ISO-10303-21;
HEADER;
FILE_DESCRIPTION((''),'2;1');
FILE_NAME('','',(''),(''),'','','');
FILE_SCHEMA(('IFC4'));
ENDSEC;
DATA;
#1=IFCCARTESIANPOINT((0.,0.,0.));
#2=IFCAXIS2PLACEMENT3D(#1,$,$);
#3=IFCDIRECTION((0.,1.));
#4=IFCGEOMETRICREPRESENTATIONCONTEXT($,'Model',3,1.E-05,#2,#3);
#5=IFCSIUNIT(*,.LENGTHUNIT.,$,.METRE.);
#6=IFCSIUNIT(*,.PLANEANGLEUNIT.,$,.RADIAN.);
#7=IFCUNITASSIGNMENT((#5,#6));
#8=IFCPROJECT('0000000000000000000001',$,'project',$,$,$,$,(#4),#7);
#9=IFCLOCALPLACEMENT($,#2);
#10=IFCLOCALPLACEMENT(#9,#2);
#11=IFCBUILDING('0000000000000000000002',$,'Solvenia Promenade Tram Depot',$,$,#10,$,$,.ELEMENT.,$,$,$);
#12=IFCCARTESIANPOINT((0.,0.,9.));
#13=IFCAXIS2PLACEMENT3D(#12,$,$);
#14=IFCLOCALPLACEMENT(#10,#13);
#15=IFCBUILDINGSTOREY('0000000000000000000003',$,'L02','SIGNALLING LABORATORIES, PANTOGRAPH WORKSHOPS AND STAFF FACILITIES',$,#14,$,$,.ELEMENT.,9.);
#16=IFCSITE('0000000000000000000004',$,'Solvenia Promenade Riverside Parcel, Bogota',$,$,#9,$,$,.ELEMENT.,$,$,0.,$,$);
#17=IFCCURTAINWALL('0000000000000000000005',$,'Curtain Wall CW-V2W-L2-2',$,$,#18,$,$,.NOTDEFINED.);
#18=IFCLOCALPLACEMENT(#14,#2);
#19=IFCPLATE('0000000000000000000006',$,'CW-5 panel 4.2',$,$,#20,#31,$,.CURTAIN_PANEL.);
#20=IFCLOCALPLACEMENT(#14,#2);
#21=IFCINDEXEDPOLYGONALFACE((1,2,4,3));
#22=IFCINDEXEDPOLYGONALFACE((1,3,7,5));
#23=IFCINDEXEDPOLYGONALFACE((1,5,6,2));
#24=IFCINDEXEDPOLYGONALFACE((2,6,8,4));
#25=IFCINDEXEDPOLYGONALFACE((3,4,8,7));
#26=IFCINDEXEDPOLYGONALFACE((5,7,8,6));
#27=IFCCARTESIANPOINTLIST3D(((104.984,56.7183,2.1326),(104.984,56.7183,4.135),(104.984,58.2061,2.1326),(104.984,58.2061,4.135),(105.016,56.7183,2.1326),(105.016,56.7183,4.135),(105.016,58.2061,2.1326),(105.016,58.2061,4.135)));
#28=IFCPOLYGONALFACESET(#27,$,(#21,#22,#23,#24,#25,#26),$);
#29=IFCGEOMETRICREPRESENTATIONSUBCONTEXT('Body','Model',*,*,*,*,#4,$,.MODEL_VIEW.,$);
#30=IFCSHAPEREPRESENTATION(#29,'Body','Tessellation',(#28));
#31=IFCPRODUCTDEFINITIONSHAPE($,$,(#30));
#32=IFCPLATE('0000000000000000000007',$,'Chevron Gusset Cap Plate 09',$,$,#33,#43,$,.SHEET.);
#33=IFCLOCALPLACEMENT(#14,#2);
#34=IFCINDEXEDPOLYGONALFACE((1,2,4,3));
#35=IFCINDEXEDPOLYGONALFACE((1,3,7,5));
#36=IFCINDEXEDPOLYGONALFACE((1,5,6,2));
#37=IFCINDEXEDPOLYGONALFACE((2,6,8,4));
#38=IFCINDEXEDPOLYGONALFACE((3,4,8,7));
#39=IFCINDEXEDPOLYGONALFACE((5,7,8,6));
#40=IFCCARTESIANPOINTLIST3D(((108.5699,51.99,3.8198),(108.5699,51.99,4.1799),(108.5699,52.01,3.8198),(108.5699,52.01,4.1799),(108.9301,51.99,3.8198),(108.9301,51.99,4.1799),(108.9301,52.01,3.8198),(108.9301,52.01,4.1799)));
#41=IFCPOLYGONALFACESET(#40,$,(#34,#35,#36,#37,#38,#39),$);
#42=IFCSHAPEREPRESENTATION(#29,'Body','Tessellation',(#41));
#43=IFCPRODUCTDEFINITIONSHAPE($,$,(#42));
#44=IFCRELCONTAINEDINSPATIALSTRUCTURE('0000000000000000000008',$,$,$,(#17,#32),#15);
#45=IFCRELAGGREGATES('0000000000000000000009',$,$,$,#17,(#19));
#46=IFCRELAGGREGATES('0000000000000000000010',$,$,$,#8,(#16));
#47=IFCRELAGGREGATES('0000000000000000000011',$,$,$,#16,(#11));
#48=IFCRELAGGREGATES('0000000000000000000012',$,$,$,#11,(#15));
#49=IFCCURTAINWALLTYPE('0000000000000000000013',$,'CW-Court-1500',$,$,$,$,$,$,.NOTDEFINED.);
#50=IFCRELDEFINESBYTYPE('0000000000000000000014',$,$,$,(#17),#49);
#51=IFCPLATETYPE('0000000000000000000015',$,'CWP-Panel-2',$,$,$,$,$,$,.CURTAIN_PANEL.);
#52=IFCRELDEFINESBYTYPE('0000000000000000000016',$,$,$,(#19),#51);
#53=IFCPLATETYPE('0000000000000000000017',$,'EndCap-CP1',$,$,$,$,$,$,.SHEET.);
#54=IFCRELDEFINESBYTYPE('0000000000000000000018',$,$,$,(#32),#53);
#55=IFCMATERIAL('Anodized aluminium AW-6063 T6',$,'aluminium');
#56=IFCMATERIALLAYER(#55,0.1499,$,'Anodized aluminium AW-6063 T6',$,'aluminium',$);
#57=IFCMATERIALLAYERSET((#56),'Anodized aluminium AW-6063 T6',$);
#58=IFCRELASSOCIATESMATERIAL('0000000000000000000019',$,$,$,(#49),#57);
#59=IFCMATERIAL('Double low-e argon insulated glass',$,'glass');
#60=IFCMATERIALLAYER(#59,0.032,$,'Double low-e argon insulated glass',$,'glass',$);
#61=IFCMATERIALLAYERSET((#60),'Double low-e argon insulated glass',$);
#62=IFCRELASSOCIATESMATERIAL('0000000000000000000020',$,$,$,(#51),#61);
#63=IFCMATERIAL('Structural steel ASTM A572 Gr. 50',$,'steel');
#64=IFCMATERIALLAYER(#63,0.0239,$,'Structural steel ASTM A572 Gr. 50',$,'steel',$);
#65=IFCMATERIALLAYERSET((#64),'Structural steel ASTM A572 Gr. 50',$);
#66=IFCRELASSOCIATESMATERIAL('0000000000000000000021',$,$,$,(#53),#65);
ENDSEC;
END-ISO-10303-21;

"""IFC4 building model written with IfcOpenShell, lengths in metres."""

from ifc_helpers import new_model, si_unit, direction, frame, origin, origin_2d, place, context, subcontext, project, spatial, rectangle, extrude, material, layer, layer_set, type_object, element, aggregate, save


model = new_model("IFC4")

# Units and contexts
model_context = context("Model", 3, precision=1e-05, world=origin(), true_north=direction((0.0, 1.0)))
body_context = subcontext(model_context, "Body", "Model", "MODEL_VIEW")
ifc_project = project(units=[si_unit("LENGTHUNIT", "METRE"), si_unit("PLANEANGLEUNIT", "RADIAN")], contexts=[model_context])

# Site, building, storey
site_placement = place(None, origin())
site = spatial("IfcSite", under=ifc_project, at=site_placement, Name="Solvenia Promenade Riverside Parcel, Bogota", CompositionType="ELEMENT", RefElevation=0.0)
building_placement = place(site_placement, origin())
building = spatial("IfcBuilding", under=site, at=building_placement, Name="Solvenia Promenade Tram Depot", CompositionType="ELEMENT")
storey_placement = place(building_placement, frame((0.0, 0.0, 9.0)))
storey = spatial("IfcBuildingStorey", under=building, at=storey_placement, Name="L02", Description="SIGNALLING LABORATORIES, PANTOGRAPH WORKSHOPS AND STAFF FACILITIES", CompositionType="ELEMENT", Elevation=9.0)

# Curtain wall
ifc_material_1 = material(Name="Anodized aluminium AW-6063 T6", Category="aluminium")
ifc_layer_1 = layer(ifc_material_1, 0.1499, Name="Anodized aluminium AW-6063 T6", Category="aluminium")
ifc_layer_set_1 = layer_set([ifc_layer_1], Name="Anodized aluminium AW-6063 T6")
curtain_wall_type = type_object("IfcCurtainWallType", Name="CW-Court-1500", PredefinedType="NOTDEFINED", material=ifc_layer_set_1)
curtain_wall_placement = place(storey_placement, origin())
curtain_wall = element("IfcCurtainWall", 1, at=curtain_wall_placement, inside=storey, type_object=curtain_wall_type, Name="Curtain Wall CW-V2W-L2-2", PredefinedType="NOTDEFINED")

# Plates
ifc_material_2 = material(Name="Double low-e argon insulated glass", Category="glass")
ifc_layer_2 = layer(ifc_material_2, 0.032, Name="Double low-e argon insulated glass", Category="glass")
ifc_layer_set_2 = layer_set([ifc_layer_2], Name="Double low-e argon insulated glass")
plate_type_1 = type_object("IfcPlateType", Name="CWP-Panel-2", PredefinedType="CURTAIN_PANEL", material=ifc_layer_set_2)
plate_1_placement = place(storey_placement, frame((105.0, 57.4622, 2.1326), z_axis=(0.0, 0.0, 1.0), x_axis=(0.0, 1.0, 0.0)))
plate_1 = element("IfcPlate", 2, at=plate_1_placement, type_object=plate_type_1, Name="CW-5 panel 4.2", PredefinedType="CURTAIN_PANEL", context=body_context, shape_type="SweptSolid", body=[
    extrude(rectangle(XDim=1.4878, YDim=0.032, at=origin_2d()), origin(), (0.0, 0.0, 1.0), 2.0024),
])
aggregate(curtain_wall, [plate_1])
ifc_material_3 = material(Name="Structural steel ASTM A572 Gr. 50", Category="steel")
ifc_layer_3 = layer(ifc_material_3, 0.0239, Name="Structural steel ASTM A572 Gr. 50", Category="steel")
ifc_layer_set_3 = layer_set([ifc_layer_3], Name="Structural steel ASTM A572 Gr. 50")
plate_type_2 = type_object("IfcPlateType", Name="EndCap-CP1", PredefinedType="SHEET", material=ifc_layer_set_3)
plate_2_placement = place(storey_placement, frame((108.75, 52.0, 3.8198), z_axis=(0.0, 0.0, 1.0), x_axis=(1.0, 0.0, 0.0)))
element("IfcPlate", 3, at=plate_2_placement, inside=storey, type_object=plate_type_2, Name="Chevron Gusset Cap Plate 09", PredefinedType="SHEET", context=body_context, shape_type="SweptSolid", body=[
    extrude(rectangle(XDim=0.3601, YDim=0.02, at=origin_2d()), origin(), (0.0, 0.0, 1.0), 0.3601),
])

save(model, "model.ifc")
